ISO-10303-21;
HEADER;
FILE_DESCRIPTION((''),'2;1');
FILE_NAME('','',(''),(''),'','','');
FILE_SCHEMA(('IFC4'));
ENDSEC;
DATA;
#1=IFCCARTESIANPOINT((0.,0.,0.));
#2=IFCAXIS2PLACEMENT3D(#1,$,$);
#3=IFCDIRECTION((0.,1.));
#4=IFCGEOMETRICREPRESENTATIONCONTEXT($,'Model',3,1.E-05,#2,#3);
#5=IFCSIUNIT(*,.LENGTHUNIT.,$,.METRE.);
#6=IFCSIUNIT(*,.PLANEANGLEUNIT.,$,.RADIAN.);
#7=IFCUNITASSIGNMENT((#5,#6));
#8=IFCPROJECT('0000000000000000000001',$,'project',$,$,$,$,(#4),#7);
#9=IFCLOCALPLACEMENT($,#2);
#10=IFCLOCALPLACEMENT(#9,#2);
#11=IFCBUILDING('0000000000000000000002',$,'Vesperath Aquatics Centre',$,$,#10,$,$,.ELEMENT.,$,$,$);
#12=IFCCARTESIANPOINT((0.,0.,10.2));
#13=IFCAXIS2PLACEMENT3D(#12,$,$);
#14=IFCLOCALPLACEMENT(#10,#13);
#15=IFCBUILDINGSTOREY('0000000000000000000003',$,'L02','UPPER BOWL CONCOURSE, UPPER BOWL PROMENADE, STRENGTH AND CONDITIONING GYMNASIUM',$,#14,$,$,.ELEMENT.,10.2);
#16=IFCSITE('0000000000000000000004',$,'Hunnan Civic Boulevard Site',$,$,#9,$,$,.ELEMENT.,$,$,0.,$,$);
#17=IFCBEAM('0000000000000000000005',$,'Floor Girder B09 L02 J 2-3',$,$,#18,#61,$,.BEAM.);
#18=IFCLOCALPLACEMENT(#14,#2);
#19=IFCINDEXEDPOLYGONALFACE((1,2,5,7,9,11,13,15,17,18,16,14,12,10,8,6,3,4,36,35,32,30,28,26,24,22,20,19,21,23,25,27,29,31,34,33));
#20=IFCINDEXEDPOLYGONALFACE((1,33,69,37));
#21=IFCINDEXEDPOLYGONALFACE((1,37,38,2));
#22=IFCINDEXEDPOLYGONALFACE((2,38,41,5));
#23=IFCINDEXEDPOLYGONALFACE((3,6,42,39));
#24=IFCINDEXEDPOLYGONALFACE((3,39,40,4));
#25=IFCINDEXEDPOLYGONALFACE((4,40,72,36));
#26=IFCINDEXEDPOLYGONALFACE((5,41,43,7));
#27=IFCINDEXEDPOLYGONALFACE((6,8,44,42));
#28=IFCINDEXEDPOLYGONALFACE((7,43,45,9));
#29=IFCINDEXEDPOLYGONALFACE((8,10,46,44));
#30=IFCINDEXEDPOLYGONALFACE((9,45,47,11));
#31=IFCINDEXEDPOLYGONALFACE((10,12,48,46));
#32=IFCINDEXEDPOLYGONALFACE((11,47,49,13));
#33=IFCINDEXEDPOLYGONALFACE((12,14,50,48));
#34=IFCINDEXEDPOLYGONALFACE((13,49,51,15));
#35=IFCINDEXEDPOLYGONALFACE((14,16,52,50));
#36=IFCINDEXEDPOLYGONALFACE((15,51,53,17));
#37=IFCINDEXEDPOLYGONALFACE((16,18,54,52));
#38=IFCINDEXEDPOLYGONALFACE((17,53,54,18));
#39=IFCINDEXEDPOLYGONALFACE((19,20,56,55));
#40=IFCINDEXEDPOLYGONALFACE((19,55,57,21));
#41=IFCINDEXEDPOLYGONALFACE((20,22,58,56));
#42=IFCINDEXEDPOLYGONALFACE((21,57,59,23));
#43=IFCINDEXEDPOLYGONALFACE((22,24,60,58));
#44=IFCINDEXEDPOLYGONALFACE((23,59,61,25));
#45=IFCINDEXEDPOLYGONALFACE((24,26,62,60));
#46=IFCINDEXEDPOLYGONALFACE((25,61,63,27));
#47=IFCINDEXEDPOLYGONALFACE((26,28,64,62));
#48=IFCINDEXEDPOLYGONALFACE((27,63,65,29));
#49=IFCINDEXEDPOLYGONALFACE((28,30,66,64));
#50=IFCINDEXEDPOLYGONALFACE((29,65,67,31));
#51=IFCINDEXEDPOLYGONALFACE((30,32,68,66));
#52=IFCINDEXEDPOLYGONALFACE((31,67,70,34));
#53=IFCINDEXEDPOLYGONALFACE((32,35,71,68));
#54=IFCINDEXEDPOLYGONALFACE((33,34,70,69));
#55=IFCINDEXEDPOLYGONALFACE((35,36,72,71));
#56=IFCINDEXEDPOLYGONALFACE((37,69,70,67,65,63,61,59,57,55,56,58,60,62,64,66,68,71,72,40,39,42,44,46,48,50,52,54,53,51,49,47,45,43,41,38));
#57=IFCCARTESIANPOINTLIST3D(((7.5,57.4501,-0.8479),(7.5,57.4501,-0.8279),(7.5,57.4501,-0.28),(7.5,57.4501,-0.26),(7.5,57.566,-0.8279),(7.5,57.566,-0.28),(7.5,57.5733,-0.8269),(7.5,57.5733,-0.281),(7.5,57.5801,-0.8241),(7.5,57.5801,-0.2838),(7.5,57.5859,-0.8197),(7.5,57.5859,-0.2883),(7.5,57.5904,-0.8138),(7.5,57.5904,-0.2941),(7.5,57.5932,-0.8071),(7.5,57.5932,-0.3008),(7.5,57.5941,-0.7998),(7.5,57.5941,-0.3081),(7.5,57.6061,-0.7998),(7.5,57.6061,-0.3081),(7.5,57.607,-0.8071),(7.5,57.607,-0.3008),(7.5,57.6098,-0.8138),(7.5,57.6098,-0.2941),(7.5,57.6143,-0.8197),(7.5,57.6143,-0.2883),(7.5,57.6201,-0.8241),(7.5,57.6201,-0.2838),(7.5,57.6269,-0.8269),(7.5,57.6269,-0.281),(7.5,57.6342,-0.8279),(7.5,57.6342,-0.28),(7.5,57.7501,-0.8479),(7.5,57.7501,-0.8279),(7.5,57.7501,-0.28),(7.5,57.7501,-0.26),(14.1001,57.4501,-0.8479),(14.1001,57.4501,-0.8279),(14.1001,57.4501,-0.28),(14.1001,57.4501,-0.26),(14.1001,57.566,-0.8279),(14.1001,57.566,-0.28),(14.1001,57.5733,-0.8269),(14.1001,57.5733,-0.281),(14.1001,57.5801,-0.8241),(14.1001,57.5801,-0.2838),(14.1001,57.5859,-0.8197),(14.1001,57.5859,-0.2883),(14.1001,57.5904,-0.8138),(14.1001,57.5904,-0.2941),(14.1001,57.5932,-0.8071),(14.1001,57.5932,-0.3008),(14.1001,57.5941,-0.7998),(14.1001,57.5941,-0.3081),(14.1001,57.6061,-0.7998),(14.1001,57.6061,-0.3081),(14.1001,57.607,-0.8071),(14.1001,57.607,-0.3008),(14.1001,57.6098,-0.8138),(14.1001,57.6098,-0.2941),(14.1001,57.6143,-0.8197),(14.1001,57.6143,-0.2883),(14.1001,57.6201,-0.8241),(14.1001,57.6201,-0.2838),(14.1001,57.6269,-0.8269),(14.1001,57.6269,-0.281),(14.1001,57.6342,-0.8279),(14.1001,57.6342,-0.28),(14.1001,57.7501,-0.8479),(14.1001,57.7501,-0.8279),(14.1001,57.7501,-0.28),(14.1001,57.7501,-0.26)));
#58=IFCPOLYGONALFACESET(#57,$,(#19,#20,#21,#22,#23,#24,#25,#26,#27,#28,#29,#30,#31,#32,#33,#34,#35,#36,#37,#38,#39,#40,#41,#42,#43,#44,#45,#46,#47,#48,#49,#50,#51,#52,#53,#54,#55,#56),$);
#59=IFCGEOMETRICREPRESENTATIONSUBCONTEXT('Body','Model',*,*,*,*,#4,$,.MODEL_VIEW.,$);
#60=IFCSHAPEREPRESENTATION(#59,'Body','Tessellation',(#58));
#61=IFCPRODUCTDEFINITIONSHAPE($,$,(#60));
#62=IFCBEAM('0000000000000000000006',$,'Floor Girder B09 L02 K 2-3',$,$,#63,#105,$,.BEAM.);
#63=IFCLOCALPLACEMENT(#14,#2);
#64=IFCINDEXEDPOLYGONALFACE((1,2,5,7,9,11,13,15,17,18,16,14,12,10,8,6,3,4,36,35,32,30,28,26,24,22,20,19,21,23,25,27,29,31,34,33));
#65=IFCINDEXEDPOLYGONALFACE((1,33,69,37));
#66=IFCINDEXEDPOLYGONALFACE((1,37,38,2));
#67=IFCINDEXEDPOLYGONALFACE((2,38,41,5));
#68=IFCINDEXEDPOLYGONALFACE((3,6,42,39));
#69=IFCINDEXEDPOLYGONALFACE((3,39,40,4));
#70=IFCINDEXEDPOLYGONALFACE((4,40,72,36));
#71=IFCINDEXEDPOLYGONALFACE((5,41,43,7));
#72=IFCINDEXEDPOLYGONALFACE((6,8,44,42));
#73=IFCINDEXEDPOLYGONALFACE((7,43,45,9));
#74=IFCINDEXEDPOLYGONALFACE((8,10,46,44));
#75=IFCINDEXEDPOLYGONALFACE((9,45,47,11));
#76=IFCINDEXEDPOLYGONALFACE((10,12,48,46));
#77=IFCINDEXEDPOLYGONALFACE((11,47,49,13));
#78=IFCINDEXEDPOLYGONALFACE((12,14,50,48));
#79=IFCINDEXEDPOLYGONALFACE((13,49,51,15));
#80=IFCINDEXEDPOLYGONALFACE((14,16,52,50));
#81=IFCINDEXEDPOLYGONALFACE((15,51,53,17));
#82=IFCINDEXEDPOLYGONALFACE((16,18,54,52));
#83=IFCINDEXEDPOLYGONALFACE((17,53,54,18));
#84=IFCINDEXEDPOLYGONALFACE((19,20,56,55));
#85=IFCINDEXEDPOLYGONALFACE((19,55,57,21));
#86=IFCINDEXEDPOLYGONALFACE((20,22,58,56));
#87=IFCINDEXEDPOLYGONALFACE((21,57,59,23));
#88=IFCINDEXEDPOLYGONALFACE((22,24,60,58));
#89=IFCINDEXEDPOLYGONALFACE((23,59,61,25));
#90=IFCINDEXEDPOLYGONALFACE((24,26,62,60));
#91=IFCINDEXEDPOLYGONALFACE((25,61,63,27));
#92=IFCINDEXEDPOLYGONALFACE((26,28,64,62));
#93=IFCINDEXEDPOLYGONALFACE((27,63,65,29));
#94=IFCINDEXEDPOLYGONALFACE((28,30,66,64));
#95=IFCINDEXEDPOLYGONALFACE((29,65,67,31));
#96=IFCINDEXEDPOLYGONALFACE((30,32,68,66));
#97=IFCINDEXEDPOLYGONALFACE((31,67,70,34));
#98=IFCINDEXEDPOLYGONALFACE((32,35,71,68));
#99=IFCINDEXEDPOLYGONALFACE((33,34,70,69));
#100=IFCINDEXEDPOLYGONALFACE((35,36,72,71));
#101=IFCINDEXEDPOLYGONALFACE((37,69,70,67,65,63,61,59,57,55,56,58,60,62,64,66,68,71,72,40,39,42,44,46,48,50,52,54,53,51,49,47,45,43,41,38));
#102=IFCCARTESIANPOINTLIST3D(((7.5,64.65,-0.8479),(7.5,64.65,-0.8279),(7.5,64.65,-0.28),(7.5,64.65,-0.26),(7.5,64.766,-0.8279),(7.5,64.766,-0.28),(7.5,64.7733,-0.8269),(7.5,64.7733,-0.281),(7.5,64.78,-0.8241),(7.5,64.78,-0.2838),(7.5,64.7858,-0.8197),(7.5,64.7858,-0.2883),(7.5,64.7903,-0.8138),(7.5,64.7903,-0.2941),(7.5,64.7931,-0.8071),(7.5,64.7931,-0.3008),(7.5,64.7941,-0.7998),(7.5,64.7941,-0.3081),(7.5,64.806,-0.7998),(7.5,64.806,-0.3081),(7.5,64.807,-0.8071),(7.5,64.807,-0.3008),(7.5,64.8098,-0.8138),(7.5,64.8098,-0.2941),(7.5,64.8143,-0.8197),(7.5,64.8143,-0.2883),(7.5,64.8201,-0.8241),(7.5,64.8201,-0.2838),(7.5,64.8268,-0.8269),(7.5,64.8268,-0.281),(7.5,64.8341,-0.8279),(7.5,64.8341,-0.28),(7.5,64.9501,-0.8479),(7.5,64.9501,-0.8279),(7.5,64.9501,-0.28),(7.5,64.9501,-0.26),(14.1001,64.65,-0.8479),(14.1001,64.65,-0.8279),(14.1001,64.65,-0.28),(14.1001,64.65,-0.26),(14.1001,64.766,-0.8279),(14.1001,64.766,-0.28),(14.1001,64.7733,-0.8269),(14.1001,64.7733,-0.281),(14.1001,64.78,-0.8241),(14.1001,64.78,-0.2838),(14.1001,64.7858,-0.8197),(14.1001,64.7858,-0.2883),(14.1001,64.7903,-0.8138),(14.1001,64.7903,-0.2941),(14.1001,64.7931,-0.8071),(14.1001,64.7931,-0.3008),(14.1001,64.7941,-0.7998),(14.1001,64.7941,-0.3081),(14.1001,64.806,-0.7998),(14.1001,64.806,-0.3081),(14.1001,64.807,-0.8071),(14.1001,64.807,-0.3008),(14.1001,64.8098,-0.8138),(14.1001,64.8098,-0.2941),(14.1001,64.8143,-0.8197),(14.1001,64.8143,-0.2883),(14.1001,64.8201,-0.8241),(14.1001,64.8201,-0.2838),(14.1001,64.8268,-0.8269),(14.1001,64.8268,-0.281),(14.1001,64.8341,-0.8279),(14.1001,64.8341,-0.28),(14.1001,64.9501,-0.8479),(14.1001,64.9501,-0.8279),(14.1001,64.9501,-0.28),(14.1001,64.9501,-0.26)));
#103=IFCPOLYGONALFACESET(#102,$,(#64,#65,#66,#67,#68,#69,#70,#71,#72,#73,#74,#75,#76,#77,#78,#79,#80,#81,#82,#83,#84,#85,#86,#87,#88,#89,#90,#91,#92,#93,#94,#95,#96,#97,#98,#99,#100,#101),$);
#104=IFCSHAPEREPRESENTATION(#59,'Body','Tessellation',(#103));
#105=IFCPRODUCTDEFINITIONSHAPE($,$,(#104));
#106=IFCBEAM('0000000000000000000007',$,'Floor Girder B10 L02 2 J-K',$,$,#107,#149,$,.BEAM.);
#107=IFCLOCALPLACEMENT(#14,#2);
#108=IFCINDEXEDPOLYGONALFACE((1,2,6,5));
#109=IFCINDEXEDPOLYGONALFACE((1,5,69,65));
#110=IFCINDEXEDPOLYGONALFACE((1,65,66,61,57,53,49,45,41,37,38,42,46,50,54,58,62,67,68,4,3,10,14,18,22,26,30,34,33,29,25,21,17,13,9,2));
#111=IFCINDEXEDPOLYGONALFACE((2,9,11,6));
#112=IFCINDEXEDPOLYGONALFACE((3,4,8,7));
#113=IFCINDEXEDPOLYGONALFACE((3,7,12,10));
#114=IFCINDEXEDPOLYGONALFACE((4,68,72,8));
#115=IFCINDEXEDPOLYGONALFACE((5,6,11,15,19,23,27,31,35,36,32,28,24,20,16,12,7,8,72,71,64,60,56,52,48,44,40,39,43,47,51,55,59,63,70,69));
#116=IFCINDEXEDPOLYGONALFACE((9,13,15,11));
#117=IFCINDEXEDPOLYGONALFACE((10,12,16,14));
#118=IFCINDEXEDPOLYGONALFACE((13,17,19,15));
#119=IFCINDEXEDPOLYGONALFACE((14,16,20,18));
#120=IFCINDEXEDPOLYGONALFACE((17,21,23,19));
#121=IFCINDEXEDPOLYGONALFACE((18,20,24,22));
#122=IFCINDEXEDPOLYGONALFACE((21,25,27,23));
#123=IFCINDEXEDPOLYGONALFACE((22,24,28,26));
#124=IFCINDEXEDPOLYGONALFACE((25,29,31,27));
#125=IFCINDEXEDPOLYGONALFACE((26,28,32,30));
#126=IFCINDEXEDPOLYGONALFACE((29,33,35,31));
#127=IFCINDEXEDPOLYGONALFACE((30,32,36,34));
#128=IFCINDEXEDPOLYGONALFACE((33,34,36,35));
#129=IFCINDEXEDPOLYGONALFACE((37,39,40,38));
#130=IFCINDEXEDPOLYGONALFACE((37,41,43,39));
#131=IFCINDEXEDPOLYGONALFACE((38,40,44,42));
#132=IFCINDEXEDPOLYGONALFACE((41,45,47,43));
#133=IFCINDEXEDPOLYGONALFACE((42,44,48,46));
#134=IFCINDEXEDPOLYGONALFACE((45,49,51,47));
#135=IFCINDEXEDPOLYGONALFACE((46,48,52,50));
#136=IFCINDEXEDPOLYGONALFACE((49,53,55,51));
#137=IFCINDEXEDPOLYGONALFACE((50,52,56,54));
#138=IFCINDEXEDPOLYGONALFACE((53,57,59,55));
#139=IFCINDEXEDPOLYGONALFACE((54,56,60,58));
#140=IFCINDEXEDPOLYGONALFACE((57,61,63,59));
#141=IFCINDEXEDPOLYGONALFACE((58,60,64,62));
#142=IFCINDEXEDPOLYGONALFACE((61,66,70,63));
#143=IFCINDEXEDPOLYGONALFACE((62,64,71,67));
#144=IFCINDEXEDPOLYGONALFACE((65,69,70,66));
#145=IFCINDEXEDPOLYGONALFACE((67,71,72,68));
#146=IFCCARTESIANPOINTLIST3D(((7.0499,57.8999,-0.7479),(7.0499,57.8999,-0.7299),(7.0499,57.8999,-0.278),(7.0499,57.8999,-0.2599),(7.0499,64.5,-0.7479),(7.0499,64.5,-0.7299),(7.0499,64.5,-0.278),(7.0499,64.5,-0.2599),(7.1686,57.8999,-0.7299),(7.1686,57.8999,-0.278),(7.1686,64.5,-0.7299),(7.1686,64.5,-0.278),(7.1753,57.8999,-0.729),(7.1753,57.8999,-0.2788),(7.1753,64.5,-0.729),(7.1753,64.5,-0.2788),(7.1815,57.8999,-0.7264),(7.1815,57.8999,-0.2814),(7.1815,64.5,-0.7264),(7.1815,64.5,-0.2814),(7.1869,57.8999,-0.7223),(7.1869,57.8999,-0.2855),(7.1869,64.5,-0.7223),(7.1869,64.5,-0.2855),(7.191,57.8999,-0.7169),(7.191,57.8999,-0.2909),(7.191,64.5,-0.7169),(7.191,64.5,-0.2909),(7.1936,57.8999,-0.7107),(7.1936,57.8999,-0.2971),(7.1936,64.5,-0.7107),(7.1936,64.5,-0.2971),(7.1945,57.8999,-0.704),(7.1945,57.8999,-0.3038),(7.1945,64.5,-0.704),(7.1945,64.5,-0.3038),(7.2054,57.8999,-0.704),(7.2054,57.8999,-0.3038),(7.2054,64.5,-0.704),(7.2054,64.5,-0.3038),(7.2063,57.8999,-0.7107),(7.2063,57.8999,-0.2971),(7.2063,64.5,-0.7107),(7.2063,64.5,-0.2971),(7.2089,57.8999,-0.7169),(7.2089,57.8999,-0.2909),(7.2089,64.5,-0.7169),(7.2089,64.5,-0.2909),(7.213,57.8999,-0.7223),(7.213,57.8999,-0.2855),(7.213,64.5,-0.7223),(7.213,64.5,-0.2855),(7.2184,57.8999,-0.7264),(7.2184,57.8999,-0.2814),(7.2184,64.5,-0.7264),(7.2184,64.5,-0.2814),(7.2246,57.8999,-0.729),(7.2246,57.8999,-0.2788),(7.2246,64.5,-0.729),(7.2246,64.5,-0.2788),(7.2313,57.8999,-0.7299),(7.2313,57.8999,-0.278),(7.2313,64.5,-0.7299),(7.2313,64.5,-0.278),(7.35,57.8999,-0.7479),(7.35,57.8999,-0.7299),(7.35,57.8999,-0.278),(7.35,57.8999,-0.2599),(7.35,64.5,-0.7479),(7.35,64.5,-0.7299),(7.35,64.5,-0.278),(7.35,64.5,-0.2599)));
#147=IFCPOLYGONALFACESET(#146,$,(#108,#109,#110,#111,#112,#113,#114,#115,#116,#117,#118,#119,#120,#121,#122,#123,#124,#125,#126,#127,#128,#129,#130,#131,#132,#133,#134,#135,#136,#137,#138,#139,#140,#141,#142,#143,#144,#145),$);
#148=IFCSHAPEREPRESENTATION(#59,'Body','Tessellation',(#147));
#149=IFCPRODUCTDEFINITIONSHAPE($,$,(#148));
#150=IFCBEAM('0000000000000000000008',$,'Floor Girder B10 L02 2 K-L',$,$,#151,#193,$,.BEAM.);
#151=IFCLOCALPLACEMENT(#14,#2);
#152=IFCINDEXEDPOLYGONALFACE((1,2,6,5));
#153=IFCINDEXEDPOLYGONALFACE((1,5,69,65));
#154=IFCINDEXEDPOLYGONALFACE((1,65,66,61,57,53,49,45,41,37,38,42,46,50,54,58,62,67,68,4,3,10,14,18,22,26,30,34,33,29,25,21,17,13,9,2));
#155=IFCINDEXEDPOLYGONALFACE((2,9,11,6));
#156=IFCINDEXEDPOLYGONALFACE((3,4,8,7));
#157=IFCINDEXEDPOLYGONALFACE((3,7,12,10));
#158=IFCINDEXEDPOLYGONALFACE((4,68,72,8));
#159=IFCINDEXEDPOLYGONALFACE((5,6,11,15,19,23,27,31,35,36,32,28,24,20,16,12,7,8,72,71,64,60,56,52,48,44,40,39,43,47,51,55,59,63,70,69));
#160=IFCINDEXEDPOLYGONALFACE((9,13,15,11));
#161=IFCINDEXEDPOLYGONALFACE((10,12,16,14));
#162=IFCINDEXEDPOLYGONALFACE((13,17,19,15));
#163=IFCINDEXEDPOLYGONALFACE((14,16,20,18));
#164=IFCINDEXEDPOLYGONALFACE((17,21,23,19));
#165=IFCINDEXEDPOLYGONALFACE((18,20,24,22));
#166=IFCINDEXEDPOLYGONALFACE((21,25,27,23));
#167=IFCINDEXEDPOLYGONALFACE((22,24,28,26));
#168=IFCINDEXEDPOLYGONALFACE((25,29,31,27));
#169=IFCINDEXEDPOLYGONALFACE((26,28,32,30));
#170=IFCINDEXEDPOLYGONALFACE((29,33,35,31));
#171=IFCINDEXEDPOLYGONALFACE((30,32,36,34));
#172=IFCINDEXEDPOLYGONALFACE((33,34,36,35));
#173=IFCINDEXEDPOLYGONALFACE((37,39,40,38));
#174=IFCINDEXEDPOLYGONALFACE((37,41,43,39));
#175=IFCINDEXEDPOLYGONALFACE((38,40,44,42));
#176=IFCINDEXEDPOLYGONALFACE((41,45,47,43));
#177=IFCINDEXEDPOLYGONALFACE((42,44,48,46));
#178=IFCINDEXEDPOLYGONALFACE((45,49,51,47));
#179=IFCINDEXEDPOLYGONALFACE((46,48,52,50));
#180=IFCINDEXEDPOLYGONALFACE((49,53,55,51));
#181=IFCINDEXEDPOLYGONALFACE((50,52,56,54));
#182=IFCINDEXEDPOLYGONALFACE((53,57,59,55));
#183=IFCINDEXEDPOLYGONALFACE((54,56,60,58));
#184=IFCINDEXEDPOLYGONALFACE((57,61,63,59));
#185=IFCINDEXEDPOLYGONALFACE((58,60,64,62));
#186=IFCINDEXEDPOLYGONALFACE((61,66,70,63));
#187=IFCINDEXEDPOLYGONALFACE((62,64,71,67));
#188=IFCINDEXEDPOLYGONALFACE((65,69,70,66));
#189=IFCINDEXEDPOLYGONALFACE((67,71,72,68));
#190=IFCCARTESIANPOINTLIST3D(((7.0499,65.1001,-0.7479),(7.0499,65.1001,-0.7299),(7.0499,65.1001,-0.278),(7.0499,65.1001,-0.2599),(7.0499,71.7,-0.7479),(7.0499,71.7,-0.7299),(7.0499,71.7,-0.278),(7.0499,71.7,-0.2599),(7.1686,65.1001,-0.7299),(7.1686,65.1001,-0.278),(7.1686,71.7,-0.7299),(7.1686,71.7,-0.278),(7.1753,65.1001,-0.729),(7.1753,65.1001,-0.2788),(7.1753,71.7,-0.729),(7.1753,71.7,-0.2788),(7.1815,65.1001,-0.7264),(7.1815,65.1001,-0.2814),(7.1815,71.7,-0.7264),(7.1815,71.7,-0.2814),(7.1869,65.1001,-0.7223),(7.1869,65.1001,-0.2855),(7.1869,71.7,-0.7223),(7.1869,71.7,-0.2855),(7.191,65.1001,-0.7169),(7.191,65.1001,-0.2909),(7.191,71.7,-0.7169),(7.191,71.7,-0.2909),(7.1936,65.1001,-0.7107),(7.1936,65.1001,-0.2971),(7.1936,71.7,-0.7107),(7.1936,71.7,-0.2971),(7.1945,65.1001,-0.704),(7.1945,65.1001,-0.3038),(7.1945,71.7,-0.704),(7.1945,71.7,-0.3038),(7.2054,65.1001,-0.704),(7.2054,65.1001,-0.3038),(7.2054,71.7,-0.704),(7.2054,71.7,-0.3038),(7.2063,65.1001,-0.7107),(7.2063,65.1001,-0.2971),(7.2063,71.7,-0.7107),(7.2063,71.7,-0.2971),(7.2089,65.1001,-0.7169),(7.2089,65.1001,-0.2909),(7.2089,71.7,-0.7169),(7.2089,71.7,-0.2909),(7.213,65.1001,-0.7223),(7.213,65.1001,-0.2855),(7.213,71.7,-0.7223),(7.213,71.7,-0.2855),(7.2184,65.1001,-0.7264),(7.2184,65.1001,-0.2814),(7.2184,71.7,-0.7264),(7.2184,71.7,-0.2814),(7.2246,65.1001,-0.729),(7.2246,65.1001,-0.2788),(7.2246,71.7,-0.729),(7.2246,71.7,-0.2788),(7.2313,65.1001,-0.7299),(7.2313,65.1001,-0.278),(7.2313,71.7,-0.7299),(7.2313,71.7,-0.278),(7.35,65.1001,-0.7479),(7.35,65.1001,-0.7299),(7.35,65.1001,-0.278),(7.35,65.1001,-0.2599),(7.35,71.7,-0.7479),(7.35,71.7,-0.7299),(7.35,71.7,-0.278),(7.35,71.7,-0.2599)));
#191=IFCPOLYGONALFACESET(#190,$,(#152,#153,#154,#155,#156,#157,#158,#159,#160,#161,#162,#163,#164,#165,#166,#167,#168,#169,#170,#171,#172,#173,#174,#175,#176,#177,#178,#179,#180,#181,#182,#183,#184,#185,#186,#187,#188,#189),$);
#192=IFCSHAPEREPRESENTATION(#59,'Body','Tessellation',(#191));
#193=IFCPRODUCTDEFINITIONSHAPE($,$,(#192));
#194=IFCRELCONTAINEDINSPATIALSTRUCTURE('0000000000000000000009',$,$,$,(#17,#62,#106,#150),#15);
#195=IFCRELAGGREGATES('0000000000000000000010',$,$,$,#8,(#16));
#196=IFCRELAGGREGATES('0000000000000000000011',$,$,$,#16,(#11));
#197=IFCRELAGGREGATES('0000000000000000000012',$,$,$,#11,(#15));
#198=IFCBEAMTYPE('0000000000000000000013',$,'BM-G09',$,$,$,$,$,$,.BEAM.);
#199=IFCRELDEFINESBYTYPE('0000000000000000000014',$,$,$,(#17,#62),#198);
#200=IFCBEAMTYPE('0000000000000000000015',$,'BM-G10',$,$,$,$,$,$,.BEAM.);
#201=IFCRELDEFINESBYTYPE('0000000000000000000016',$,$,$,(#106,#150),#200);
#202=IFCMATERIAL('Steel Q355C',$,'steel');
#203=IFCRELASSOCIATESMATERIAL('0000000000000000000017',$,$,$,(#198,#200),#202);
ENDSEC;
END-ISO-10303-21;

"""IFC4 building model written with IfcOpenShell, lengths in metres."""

from ifc_helpers import new_model, si_unit, direction, frame, origin, origin_2d, place, context, subcontext, project, spatial, i_section, extrude, material, material_profile, profile_set, type_object, element, save


model = new_model("IFC4")

# Units and contexts
model_context = context("Model", 3, precision=1e-05, world=origin(), true_north=direction((0.0, 1.0)))
body_context = subcontext(model_context, "Body", "Model", "MODEL_VIEW")
ifc_project = project(units=[si_unit("LENGTHUNIT", "METRE"), si_unit("PLANEANGLEUNIT", "RADIAN")], contexts=[model_context])

# Site, building, storey
site_placement = place(None, origin())
site = spatial("IfcSite", under=ifc_project, at=site_placement, Name="Hunnan Civic Boulevard Site", CompositionType="ELEMENT", RefElevation=0.0)
building_placement = place(site_placement, origin())
building = spatial("IfcBuilding", under=site, at=building_placement, Name="Vesperath Aquatics Centre", CompositionType="ELEMENT")
storey_placement = place(building_placement, frame((0.0, 0.0, 10.2)))
storey = spatial("IfcBuildingStorey", under=building, at=storey_placement, Name="L02", Description="UPPER BOWL CONCOURSE, UPPER BOWL PROMENADE, STRENGTH AND CONDITIONING GYMNASIUM", CompositionType="ELEMENT", Elevation=10.2)

# Beams
ifc_material_1 = material(Name="Steel Q355C", Category="steel")
ifc_material_profile_1 = material_profile(ifc_material_1, i_section(OverallWidth=0.3, OverallDepth=0.5879, WebThickness=0.012, FlangeThickness=0.02, FilletRadius=0.0281, at=origin_2d()), Name="HM 588x300x12x20")
ifc_profile_set_1 = profile_set([ifc_material_profile_1], Name="Steel Q355C")
beam_type_1 = type_object("IfcBeamType", Name="BM-G09", PredefinedType="BEAM", material=ifc_profile_set_1)
for number, where, z_axis, x_axis, name in (
    (1, (7.5, 57.6001, -0.554), (1.0, 0.0, 0.0), (0.0, 1.0, 0.0), "Floor Girder B09 L02 J 2-3"),
    (2, (7.5, 64.8, -0.554), (1.0, 0.0, 0.0), (0.0, 1.0, 0.0), "Floor Girder B09 L02 K 2-3"),
):
    element("IfcBeam", number, at=place(storey_placement, frame(where, z_axis=z_axis, x_axis=x_axis)), inside=storey, type_object=beam_type_1, Name=name, PredefinedType="BEAM", context=body_context, shape_type="SweptSolid", body=[
        extrude(i_section(OverallWidth=0.3, OverallDepth=0.5879, WebThickness=0.012, FlangeThickness=0.02, FilletRadius=0.0281, at=origin_2d()), origin(), (0.0, 0.0, 1.0), 6.6001),
    ])
ifc_material_profile_2 = material_profile(ifc_material_1, i_section(OverallWidth=0.3, OverallDepth=0.488, WebThickness=0.011, FlangeThickness=0.0181, FilletRadius=0.0259, at=origin_2d()), Name="HM 488x300x11x18")
ifc_profile_set_2 = profile_set([ifc_material_profile_2], Name="Steel Q355C")
beam_type_2 = type_object("IfcBeamType", Name="BM-G10", PredefinedType="BEAM", material=ifc_profile_set_2)
beam_1_placement = place(storey_placement, frame((7.2, 57.8999, -0.5039), z_axis=(0.0, 1.0, 0.0), x_axis=(-1.0, 0.0, 0.0)))
element("IfcBeam", 3, at=beam_1_placement, inside=storey, type_object=beam_type_2, Name="Floor Girder B10 L02 2 J-K", PredefinedType="BEAM", context=body_context, shape_type="SweptSolid", body=[
    extrude(i_section(OverallWidth=0.3, OverallDepth=0.488, WebThickness=0.011, FlangeThickness=0.0181, FilletRadius=0.0259, at=origin_2d()), origin(), (0.0, 0.0, 1.0), 6.6001),
])
beam_2_placement = place(storey_placement, frame((7.2, 65.1001, -0.5039), z_axis=(0.0, 1.0, 0.0), x_axis=(-1.0, 0.0, 0.0)))
element("IfcBeam", 4, at=beam_2_placement, inside=storey, type_object=beam_type_2, Name="Floor Girder B10 L02 2 K-L", PredefinedType="BEAM", context=body_context, shape_type="SweptSolid", body=[
    extrude(i_section(OverallWidth=0.3, OverallDepth=0.488, WebThickness=0.011, FlangeThickness=0.0181, FilletRadius=0.0259, at=origin_2d()), origin(), (0.0, 0.0, 1.0), 6.5999),
])

save(model, "model.ifc")
